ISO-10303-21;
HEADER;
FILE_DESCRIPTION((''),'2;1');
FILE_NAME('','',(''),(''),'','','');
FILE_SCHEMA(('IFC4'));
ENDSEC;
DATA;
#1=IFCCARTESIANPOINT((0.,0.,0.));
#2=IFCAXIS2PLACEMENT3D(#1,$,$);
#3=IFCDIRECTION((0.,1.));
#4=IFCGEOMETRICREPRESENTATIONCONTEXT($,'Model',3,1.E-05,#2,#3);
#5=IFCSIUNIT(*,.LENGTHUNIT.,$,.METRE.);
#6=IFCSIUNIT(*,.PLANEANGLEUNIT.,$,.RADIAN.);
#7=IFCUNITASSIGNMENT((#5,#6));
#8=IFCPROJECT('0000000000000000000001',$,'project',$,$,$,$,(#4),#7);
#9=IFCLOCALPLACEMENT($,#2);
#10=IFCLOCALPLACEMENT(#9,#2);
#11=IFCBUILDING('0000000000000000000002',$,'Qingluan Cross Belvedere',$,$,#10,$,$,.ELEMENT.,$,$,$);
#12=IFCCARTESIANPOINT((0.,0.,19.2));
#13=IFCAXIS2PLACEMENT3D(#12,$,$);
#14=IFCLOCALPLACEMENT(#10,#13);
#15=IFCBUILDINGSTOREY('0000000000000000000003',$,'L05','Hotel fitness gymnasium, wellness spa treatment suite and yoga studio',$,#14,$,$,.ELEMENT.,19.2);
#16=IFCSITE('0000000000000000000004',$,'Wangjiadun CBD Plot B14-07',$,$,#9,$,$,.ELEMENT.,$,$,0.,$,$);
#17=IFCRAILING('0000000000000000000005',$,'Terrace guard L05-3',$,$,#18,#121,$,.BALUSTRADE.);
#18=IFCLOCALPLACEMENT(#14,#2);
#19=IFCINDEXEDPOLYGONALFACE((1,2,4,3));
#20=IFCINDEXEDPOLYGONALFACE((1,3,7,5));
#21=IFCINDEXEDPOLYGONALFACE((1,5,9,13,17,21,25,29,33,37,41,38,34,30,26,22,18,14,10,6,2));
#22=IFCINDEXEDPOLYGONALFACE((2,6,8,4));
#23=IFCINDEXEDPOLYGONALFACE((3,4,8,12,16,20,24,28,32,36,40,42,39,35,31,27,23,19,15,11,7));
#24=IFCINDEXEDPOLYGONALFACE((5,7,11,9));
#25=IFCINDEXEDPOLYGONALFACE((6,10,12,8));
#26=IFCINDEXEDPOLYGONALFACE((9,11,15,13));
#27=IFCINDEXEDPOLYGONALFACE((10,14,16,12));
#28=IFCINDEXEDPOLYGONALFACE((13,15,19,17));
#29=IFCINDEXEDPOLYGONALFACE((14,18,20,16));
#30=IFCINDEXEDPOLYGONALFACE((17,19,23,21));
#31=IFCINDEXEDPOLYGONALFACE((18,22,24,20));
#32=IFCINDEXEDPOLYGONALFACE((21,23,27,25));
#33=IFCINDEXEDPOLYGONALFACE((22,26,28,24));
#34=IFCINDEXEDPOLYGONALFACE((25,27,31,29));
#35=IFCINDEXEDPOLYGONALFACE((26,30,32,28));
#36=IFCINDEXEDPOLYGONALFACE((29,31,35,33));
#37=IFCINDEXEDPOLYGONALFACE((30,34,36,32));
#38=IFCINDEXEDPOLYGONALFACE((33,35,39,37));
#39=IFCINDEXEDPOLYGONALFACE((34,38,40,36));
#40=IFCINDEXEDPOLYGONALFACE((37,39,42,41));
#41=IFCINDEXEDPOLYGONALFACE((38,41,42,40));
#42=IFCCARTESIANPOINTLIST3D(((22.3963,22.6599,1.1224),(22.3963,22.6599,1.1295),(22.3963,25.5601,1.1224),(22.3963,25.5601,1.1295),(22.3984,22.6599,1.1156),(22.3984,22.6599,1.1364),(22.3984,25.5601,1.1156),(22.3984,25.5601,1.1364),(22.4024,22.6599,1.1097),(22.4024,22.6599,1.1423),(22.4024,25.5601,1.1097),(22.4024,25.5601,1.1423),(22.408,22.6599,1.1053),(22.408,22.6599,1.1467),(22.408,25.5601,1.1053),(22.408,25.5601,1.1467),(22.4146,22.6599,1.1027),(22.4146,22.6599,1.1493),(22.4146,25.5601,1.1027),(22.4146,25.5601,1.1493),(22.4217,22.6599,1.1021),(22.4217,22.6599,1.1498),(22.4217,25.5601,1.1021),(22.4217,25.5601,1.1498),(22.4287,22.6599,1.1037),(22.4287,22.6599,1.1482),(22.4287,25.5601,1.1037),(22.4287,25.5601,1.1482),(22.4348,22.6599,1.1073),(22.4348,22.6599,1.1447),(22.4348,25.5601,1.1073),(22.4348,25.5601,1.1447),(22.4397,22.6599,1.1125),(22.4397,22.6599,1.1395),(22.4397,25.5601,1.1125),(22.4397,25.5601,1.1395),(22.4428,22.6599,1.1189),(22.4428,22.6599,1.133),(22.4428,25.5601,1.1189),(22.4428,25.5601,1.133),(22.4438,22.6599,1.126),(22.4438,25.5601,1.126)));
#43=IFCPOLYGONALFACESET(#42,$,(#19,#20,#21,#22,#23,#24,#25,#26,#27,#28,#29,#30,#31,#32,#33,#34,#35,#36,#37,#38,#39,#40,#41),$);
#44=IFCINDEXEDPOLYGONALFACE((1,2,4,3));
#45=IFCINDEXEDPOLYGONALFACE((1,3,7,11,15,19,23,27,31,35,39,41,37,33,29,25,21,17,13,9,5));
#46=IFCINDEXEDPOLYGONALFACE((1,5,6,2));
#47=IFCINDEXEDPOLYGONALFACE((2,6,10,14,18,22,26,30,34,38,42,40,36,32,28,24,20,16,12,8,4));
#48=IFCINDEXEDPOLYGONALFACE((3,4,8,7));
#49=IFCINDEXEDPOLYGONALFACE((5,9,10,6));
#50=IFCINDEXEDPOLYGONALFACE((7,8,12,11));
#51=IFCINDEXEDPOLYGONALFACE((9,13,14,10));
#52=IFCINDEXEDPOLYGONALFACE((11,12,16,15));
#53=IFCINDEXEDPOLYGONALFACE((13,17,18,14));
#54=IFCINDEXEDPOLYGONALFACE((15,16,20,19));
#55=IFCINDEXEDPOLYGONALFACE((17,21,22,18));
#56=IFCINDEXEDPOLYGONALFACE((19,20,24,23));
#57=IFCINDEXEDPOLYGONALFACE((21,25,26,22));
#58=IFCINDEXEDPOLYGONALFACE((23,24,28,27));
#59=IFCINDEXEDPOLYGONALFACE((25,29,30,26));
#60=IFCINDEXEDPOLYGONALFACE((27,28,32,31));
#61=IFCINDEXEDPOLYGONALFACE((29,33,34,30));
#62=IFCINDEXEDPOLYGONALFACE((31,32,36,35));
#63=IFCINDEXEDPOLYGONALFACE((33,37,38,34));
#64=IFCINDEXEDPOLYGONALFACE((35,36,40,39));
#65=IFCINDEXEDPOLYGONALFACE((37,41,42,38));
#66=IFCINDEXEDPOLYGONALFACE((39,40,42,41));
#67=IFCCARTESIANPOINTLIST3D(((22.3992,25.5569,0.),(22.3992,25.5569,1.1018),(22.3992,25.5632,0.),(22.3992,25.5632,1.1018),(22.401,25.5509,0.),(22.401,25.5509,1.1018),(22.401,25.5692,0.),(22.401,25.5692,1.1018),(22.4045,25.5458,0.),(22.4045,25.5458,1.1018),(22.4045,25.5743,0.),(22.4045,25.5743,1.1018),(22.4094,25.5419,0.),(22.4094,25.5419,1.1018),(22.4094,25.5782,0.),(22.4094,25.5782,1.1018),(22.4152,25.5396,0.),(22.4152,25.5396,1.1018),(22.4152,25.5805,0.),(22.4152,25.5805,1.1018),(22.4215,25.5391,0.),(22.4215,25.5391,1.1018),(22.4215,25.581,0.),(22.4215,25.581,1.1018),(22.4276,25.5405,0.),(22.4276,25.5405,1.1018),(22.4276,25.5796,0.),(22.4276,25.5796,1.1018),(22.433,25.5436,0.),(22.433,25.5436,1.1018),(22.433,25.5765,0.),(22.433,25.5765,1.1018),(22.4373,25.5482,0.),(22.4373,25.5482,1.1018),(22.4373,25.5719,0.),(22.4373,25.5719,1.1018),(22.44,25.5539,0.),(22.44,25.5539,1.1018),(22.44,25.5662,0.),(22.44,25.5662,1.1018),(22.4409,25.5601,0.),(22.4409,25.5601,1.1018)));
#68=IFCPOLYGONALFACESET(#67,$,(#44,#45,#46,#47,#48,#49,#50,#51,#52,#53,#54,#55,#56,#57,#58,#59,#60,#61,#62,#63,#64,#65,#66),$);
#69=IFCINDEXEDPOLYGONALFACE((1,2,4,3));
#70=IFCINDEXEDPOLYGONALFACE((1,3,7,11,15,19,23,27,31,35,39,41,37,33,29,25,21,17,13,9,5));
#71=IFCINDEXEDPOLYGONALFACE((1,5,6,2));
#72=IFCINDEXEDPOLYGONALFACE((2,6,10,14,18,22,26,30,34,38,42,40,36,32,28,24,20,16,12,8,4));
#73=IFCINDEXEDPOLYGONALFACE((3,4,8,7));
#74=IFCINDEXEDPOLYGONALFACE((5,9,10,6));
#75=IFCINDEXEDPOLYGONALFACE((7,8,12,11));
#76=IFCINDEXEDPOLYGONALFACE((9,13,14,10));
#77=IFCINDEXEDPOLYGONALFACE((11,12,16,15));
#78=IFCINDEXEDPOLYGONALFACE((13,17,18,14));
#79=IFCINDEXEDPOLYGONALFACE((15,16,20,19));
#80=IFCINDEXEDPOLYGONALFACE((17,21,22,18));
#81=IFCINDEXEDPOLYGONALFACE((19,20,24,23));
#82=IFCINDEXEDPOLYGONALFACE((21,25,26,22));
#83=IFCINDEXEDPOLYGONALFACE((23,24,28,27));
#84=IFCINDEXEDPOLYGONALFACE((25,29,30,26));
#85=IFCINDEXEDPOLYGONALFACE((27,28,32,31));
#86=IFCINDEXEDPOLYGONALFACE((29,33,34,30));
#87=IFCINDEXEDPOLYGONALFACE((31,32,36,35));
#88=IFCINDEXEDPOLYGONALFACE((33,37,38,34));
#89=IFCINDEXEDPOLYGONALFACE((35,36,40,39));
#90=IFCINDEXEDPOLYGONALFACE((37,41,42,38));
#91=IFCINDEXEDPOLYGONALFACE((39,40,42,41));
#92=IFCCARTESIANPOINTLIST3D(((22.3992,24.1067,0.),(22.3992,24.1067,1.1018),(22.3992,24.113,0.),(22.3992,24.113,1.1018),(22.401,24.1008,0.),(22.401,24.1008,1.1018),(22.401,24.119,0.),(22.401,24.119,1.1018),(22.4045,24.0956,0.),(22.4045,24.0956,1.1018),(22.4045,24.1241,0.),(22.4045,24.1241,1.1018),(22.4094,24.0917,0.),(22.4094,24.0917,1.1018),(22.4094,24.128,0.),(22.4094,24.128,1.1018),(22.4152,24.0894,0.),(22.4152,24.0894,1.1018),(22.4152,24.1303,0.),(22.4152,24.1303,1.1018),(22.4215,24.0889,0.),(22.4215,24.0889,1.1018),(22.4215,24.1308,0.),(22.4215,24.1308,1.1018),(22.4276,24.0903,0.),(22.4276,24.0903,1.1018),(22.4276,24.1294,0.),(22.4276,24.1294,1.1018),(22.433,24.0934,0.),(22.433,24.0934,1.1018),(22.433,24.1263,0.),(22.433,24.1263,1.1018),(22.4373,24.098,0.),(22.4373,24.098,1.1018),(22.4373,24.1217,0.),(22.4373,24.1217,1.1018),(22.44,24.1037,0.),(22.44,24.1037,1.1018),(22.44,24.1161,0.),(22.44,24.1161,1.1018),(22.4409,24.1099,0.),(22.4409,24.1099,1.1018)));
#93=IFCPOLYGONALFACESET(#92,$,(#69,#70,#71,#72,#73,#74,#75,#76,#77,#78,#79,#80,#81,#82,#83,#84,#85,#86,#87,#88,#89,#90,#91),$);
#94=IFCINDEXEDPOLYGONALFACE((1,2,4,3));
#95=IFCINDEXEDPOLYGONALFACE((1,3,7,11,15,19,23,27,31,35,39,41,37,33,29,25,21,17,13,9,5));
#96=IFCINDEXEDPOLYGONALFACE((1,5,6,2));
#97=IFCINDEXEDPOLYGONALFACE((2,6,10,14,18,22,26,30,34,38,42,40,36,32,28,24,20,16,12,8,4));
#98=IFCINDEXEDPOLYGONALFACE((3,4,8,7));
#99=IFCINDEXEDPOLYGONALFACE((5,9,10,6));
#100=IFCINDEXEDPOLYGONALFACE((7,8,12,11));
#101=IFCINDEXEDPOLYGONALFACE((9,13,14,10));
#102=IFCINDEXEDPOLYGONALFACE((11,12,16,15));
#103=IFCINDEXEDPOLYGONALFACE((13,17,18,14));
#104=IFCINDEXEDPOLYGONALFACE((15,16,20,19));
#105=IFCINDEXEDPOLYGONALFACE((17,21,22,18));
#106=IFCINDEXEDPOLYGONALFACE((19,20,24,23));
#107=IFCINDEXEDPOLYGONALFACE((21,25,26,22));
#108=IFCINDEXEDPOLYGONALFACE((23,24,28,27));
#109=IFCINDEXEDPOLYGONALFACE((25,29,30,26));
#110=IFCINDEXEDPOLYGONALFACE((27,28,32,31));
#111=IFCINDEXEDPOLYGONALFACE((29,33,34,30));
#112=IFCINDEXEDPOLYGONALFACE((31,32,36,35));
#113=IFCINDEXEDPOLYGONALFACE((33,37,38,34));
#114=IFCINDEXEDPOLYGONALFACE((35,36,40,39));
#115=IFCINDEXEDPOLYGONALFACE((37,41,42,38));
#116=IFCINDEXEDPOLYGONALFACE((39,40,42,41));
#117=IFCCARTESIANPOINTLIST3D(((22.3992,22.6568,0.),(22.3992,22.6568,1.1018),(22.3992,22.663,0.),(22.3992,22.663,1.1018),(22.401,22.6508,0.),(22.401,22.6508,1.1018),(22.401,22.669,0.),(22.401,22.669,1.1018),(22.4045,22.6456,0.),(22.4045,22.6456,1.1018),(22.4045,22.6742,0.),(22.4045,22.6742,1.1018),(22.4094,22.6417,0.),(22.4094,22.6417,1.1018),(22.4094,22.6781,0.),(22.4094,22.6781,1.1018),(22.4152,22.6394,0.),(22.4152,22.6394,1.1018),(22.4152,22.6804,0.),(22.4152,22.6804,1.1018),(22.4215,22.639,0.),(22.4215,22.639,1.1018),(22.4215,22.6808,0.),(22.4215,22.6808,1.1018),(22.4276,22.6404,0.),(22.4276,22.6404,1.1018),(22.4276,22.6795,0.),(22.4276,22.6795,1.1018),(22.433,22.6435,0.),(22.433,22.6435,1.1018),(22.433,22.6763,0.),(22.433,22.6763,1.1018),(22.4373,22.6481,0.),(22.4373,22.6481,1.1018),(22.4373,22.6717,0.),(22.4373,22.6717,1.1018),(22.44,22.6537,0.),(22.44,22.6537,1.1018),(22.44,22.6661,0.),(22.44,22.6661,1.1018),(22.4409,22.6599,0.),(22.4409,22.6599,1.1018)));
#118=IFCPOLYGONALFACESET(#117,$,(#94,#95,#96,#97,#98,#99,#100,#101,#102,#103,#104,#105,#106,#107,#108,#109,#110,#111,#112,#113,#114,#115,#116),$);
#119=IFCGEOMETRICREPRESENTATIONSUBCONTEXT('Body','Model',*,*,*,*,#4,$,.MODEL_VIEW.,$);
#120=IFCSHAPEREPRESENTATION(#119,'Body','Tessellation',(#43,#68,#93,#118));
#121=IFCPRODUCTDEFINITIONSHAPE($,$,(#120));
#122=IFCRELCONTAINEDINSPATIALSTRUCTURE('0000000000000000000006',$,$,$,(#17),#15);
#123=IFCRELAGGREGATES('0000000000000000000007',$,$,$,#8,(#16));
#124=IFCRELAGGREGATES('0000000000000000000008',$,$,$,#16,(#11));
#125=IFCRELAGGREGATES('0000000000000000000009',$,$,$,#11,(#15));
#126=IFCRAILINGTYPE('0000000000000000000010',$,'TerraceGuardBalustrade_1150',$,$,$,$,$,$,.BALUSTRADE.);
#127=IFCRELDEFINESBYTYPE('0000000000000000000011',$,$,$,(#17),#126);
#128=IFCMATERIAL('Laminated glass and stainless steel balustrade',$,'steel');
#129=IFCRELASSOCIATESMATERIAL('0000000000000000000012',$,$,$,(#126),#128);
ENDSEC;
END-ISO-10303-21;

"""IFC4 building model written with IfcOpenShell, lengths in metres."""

from ifc_helpers import new_model, si_unit, direction, frame, origin, origin_2d, place, context, subcontext, project, spatial, circle, extrude, material, type_object, element, save


model = new_model("IFC4")

# Units and contexts
model_context = context("Model", 3, precision=1e-05, world=origin(), true_north=direction((0.0, 1.0)))
body_context = subcontext(model_context, "Body", "Model", "MODEL_VIEW")
ifc_project = project(units=[si_unit("LENGTHUNIT", "METRE"), si_unit("PLANEANGLEUNIT", "RADIAN")], contexts=[model_context])

# Site, building, storey
site_placement = place(None, origin())
site = spatial("IfcSite", under=ifc_project, at=site_placement, Name="Wangjiadun CBD Plot B14-07", CompositionType="ELEMENT", RefElevation=0.0)
building_placement = place(site_placement, origin())
building = spatial("IfcBuilding", under=site, at=building_placement, Name="Qingluan Cross Belvedere", CompositionType="ELEMENT")
storey_placement = place(building_placement, frame((0.0, 0.0, 19.2)))
storey = spatial("IfcBuildingStorey", under=building, at=storey_placement, Name="L05", Description="Hotel fitness gymnasium, wellness spa treatment suite and yoga studio", CompositionType="ELEMENT", Elevation=19.2)

# Railing
ifc_material_1 = material(Name="Laminated glass and stainless steel balustrade", Category="steel")
railing_type = type_object("IfcRailingType", Name="TerraceGuardBalustrade_1150", PredefinedType="BALUSTRADE", material=ifc_material_1)
railing_1_placement = place(storey_placement, frame((22.4199, 25.5601, 0.0)))
element("IfcRailing", 1, at=railing_1_placement, inside=storey, type_object=railing_type, Name="Terrace guard L05-3", PredefinedType="BALUSTRADE", context=body_context, shape_type="SweptSolid", body=[
    extrude(circle(Radius=0.0239, at=origin_2d()), frame((0.0, 0.0, 1.126), z_axis=(0.0, -1.0, 0.0), x_axis=(1.0, 0.0, 0.0)), (0.0, 0.0, 1.0), 2.9001),
    extrude(circle(Radius=0.021, at=origin_2d()), origin(), (0.0, 0.0, 1.0), 1.1018),
    extrude(circle(Radius=0.021, at=origin_2d()), frame((0.0, -1.4502, 0.0)), (0.0, 0.0, 1.0), 1.1018),
    extrude(circle(Radius=0.021, at=origin_2d()), frame((0.0, -2.9001, 0.0)), (0.0, 0.0, 1.0), 1.1018),
])

save(model, "model.ifc")
